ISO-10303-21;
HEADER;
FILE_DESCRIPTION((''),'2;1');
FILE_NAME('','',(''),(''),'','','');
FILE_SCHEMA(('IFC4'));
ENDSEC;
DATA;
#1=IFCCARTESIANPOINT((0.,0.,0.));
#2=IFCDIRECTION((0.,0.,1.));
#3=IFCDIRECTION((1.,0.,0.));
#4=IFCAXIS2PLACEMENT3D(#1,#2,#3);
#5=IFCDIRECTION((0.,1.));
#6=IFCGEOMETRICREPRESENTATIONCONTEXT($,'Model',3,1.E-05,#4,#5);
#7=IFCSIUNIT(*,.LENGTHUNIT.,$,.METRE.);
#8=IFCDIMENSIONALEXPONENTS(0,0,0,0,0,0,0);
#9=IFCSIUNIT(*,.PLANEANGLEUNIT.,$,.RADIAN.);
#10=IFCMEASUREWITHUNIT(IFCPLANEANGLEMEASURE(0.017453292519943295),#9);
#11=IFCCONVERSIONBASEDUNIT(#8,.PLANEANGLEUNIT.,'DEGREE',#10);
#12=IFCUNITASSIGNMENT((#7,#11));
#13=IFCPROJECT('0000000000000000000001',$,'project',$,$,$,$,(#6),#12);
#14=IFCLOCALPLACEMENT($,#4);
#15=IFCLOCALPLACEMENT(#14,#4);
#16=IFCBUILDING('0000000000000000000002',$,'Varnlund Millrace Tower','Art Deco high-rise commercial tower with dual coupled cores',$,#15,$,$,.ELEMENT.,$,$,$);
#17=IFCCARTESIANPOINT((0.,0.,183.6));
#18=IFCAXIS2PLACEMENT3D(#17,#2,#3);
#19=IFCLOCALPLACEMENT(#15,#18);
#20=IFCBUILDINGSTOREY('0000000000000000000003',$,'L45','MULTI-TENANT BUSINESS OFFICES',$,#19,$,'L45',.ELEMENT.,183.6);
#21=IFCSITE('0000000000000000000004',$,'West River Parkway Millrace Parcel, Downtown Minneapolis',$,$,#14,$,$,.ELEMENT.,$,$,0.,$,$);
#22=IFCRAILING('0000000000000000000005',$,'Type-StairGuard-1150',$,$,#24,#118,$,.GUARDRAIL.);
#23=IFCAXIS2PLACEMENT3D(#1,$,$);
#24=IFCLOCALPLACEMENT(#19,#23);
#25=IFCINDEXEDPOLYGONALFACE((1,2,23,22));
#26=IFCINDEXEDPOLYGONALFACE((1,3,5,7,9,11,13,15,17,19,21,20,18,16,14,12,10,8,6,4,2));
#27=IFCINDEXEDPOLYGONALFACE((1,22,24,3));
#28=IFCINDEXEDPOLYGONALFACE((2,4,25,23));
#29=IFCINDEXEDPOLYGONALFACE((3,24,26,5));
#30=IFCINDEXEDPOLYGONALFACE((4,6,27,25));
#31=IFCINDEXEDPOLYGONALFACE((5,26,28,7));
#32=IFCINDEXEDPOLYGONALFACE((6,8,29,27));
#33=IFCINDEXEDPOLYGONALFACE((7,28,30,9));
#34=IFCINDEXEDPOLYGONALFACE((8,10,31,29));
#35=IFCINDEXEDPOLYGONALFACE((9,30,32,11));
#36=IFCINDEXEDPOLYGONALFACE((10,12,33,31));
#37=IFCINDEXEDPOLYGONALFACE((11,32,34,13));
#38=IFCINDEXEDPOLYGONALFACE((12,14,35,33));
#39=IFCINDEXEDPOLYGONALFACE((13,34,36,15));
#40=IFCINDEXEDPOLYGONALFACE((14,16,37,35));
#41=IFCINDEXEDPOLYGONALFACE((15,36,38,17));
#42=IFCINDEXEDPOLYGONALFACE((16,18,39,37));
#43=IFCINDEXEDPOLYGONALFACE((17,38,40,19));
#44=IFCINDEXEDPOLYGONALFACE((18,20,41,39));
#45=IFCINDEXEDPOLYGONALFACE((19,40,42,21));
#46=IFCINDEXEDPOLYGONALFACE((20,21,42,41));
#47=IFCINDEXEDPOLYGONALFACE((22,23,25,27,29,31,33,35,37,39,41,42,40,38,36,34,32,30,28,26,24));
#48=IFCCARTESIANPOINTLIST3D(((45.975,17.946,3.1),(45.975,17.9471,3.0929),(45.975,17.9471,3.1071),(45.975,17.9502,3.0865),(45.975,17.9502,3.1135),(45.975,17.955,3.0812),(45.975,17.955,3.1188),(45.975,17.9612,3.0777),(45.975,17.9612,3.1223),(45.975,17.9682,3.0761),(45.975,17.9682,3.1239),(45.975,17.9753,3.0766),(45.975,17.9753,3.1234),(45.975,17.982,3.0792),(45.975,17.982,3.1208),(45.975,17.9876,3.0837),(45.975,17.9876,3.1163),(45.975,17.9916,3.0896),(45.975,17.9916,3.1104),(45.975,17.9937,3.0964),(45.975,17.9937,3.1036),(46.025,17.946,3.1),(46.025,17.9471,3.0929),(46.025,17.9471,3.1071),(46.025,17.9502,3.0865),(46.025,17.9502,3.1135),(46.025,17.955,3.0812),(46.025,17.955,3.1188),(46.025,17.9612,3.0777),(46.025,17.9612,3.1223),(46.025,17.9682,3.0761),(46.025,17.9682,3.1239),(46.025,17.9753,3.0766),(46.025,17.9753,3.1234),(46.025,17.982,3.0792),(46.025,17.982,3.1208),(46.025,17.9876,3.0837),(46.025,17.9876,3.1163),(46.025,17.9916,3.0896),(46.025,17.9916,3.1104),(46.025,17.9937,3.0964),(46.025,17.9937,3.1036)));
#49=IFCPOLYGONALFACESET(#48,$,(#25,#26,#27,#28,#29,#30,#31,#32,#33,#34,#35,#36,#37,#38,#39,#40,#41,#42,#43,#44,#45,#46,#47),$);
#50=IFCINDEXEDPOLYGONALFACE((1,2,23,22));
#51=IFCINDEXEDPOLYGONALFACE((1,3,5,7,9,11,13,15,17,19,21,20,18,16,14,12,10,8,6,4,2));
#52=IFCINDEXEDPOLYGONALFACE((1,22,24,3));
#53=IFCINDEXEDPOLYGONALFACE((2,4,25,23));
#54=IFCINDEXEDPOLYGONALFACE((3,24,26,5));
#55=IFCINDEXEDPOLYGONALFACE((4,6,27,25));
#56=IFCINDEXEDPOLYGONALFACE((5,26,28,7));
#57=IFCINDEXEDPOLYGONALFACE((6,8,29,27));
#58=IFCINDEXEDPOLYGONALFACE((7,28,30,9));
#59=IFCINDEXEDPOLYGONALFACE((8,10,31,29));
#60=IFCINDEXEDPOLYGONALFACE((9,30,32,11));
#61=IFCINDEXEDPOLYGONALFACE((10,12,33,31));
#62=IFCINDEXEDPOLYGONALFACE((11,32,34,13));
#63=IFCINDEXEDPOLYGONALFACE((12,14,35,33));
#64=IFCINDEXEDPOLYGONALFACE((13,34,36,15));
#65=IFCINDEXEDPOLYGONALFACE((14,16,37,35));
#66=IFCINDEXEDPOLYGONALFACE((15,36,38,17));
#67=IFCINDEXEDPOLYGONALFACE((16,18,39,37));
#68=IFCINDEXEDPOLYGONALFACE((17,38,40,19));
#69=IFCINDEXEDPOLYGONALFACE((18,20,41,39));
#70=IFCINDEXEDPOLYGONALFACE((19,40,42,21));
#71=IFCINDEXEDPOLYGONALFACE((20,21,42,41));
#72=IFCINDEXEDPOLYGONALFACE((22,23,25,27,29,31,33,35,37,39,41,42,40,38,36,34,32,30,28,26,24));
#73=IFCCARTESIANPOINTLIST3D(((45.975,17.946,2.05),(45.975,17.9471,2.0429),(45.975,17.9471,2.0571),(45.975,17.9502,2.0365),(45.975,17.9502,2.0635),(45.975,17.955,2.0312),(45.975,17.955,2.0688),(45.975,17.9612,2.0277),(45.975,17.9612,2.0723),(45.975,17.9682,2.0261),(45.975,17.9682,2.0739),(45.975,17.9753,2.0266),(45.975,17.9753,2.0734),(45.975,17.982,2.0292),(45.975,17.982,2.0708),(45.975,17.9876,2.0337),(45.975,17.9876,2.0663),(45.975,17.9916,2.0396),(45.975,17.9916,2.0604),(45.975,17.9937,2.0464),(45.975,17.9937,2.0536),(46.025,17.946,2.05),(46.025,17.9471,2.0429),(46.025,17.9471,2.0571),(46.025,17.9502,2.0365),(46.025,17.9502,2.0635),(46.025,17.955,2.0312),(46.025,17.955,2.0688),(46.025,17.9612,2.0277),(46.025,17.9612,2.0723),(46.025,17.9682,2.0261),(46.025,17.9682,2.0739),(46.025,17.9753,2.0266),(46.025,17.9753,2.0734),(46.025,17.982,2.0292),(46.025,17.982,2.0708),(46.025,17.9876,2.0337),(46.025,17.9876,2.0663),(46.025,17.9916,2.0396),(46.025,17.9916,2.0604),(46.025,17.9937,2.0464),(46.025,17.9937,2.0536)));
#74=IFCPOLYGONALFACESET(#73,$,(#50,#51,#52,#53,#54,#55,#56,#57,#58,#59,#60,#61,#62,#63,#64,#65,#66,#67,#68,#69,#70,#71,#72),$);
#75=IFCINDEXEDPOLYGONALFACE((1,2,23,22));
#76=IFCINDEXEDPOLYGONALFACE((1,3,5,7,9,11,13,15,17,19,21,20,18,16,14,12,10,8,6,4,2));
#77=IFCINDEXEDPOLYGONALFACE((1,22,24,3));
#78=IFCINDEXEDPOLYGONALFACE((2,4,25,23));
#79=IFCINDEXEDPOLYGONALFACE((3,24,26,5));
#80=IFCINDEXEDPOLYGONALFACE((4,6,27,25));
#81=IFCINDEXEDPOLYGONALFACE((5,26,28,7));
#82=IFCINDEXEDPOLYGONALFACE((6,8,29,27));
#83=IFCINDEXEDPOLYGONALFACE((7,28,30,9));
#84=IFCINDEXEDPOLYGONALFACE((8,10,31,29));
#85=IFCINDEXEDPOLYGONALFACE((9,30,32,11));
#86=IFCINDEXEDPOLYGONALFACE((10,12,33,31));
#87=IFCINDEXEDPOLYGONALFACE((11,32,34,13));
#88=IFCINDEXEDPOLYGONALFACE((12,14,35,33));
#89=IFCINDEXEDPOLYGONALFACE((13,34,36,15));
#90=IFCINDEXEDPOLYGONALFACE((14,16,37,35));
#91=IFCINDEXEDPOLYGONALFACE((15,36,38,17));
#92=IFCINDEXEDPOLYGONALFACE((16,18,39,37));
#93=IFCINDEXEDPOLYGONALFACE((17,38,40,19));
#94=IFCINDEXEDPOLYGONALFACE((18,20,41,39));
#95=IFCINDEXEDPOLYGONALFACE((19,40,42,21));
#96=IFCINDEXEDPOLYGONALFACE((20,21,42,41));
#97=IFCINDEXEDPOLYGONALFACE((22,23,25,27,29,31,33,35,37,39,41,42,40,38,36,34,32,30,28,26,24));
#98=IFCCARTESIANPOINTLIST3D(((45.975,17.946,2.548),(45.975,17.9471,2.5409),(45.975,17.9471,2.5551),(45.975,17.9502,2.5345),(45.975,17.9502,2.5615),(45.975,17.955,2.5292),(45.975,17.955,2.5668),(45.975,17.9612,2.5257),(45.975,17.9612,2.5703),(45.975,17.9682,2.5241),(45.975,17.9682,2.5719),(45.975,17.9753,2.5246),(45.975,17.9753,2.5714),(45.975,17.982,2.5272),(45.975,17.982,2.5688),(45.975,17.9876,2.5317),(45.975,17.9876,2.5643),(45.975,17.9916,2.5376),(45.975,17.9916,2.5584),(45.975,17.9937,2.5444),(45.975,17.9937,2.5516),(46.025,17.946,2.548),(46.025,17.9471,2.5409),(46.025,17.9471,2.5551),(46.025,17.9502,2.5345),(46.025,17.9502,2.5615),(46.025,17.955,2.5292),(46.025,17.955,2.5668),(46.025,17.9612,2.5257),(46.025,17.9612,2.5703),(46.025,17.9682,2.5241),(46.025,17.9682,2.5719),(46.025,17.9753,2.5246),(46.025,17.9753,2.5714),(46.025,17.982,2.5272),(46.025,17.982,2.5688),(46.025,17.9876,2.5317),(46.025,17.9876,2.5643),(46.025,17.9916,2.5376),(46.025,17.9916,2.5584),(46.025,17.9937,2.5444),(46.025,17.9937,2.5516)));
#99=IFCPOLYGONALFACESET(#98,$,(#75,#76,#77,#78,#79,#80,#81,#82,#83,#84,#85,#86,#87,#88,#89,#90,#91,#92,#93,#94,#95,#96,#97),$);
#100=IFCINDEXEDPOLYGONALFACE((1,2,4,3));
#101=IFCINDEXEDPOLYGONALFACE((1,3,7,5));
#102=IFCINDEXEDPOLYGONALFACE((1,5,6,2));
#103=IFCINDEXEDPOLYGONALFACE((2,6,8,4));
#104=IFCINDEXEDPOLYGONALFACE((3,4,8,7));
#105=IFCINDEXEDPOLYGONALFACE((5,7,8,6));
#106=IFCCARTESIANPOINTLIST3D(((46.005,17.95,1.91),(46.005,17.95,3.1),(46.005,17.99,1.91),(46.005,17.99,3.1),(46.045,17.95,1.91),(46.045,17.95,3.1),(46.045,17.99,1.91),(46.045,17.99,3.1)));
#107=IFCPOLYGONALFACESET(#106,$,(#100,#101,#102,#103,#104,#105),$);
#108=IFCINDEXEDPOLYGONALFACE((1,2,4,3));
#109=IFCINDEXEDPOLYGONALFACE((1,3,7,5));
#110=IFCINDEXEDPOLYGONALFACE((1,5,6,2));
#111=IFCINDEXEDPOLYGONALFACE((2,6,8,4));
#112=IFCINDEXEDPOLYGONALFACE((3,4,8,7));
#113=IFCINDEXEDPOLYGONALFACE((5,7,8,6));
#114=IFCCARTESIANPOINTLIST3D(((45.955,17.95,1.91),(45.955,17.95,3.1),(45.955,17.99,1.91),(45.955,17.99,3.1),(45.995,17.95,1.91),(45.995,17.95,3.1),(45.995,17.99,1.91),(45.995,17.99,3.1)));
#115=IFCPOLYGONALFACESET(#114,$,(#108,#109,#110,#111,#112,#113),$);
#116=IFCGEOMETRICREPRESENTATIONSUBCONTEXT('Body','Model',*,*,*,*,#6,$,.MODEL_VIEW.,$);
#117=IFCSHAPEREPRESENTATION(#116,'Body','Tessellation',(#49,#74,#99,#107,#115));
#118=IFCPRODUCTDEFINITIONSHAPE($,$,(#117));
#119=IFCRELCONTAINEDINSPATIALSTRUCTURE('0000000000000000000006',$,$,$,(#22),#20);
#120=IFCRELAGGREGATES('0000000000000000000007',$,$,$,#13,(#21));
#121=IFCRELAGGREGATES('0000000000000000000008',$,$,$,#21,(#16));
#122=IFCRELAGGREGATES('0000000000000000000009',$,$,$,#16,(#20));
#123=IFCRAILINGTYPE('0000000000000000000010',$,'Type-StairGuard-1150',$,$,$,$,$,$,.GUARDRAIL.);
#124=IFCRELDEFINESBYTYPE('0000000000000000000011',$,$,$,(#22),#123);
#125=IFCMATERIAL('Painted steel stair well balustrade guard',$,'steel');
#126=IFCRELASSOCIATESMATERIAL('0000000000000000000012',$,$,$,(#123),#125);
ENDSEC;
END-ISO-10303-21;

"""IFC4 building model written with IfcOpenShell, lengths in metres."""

from ifc_helpers import new_model, entity, si_unit, converted_unit, direction, frame, origin_with_axes, origin_2d_with_axis, place, context, subcontext, project, spatial, rectangle, circle, extrude, material, type_object, element, save


model = new_model("IFC4")

# Units and contexts
model_context = context("Model", 3, precision=1e-05, world=origin_with_axes(), true_north=direction((0.0, 1.0)))
body_context = subcontext(model_context, "Body", "Model", "MODEL_VIEW")
ifc_project = project(units=[si_unit("LENGTHUNIT", "METRE"), converted_unit("PLANEANGLEUNIT", "DEGREE", entity("IfcPlaneAngleMeasure", 0.017453292519943295), si_unit("PLANEANGLEUNIT", "RADIAN"), dimensions=[0, 0, 0, 0, 0, 0, 0])], contexts=[model_context])

# Site, building, storey
site_placement = place(None, origin_with_axes())
site = spatial("IfcSite", under=ifc_project, at=site_placement, Name="West River Parkway Millrace Parcel, Downtown Minneapolis", CompositionType="ELEMENT", RefElevation=0.0)
building_placement = place(site_placement, origin_with_axes())
building = spatial("IfcBuilding", under=site, at=building_placement, Name="Varnlund Millrace Tower", Description="Art Deco high-rise commercial tower with dual coupled cores", CompositionType="ELEMENT")
storey_placement = place(building_placement, frame((0.0, 0.0, 183.6), z_axis=(0.0, 0.0, 1.0), x_axis=(1.0, 0.0, 0.0)))
storey = spatial("IfcBuildingStorey", under=building, at=storey_placement, Name="L45", Description="MULTI-TENANT BUSINESS OFFICES", LongName="L45", CompositionType="ELEMENT", Elevation=183.6)

# Railing
ifc_material_1 = material(Name="Painted steel stair well balustrade guard", Category="steel")
railing_type_1 = type_object("IfcRailingType", Name="Type-StairGuard-1150", PredefinedType="GUARDRAIL", material=ifc_material_1)
railing_1_placement = place(storey_placement, frame((0.0, 0.0, -183.6), z_axis=(0.0, 0.0, 1.0), x_axis=(1.0, 0.0, 0.0)))
element("IfcRailing", 1, at=railing_1_placement, inside=storey, type_object=railing_type_1, Name="Type-StairGuard-1150", PredefinedType="GUARDRAIL", context=body_context, shape_type="SweptSolid", body=[
    extrude(circle(Radius=0.024, at=origin_2d_with_axis()), frame((46.025, 17.97, 186.7), z_axis=(-1.0, 0.0, 0.0), x_axis=(0.0, -1.0, 0.0)), (0.0, 0.0, 1.0), 0.05),
    extrude(circle(Radius=0.024, at=origin_2d_with_axis()), frame((46.025, 17.97, 185.65), z_axis=(-1.0, 0.0, 0.0), x_axis=(0.0, -1.0, 0.0)), (0.0, 0.0, 1.0), 0.05),
    extrude(circle(Radius=0.024, at=origin_2d_with_axis()), frame((46.025, 17.97, 186.148), z_axis=(-1.0, 0.0, 0.0), x_axis=(0.0, -1.0, 0.0)), (0.0, 0.0, 1.0), 0.05),
    extrude(rectangle(XDim=0.04, YDim=0.04, at=origin_2d_with_axis()), frame((46.025, 17.97, 185.51), z_axis=(0.0, 0.0, 1.0), x_axis=(1.0, 0.0, 0.0)), (0.0, 0.0, 1.0), 1.19),
    extrude(rectangle(XDim=0.04, YDim=0.04, at=origin_2d_with_axis()), frame((45.975, 17.97, 185.51), z_axis=(0.0, 0.0, 1.0), x_axis=(1.0, 0.0, 0.0)), (0.0, 0.0, 1.0), 1.19),
])

save(model, "model.ifc")
